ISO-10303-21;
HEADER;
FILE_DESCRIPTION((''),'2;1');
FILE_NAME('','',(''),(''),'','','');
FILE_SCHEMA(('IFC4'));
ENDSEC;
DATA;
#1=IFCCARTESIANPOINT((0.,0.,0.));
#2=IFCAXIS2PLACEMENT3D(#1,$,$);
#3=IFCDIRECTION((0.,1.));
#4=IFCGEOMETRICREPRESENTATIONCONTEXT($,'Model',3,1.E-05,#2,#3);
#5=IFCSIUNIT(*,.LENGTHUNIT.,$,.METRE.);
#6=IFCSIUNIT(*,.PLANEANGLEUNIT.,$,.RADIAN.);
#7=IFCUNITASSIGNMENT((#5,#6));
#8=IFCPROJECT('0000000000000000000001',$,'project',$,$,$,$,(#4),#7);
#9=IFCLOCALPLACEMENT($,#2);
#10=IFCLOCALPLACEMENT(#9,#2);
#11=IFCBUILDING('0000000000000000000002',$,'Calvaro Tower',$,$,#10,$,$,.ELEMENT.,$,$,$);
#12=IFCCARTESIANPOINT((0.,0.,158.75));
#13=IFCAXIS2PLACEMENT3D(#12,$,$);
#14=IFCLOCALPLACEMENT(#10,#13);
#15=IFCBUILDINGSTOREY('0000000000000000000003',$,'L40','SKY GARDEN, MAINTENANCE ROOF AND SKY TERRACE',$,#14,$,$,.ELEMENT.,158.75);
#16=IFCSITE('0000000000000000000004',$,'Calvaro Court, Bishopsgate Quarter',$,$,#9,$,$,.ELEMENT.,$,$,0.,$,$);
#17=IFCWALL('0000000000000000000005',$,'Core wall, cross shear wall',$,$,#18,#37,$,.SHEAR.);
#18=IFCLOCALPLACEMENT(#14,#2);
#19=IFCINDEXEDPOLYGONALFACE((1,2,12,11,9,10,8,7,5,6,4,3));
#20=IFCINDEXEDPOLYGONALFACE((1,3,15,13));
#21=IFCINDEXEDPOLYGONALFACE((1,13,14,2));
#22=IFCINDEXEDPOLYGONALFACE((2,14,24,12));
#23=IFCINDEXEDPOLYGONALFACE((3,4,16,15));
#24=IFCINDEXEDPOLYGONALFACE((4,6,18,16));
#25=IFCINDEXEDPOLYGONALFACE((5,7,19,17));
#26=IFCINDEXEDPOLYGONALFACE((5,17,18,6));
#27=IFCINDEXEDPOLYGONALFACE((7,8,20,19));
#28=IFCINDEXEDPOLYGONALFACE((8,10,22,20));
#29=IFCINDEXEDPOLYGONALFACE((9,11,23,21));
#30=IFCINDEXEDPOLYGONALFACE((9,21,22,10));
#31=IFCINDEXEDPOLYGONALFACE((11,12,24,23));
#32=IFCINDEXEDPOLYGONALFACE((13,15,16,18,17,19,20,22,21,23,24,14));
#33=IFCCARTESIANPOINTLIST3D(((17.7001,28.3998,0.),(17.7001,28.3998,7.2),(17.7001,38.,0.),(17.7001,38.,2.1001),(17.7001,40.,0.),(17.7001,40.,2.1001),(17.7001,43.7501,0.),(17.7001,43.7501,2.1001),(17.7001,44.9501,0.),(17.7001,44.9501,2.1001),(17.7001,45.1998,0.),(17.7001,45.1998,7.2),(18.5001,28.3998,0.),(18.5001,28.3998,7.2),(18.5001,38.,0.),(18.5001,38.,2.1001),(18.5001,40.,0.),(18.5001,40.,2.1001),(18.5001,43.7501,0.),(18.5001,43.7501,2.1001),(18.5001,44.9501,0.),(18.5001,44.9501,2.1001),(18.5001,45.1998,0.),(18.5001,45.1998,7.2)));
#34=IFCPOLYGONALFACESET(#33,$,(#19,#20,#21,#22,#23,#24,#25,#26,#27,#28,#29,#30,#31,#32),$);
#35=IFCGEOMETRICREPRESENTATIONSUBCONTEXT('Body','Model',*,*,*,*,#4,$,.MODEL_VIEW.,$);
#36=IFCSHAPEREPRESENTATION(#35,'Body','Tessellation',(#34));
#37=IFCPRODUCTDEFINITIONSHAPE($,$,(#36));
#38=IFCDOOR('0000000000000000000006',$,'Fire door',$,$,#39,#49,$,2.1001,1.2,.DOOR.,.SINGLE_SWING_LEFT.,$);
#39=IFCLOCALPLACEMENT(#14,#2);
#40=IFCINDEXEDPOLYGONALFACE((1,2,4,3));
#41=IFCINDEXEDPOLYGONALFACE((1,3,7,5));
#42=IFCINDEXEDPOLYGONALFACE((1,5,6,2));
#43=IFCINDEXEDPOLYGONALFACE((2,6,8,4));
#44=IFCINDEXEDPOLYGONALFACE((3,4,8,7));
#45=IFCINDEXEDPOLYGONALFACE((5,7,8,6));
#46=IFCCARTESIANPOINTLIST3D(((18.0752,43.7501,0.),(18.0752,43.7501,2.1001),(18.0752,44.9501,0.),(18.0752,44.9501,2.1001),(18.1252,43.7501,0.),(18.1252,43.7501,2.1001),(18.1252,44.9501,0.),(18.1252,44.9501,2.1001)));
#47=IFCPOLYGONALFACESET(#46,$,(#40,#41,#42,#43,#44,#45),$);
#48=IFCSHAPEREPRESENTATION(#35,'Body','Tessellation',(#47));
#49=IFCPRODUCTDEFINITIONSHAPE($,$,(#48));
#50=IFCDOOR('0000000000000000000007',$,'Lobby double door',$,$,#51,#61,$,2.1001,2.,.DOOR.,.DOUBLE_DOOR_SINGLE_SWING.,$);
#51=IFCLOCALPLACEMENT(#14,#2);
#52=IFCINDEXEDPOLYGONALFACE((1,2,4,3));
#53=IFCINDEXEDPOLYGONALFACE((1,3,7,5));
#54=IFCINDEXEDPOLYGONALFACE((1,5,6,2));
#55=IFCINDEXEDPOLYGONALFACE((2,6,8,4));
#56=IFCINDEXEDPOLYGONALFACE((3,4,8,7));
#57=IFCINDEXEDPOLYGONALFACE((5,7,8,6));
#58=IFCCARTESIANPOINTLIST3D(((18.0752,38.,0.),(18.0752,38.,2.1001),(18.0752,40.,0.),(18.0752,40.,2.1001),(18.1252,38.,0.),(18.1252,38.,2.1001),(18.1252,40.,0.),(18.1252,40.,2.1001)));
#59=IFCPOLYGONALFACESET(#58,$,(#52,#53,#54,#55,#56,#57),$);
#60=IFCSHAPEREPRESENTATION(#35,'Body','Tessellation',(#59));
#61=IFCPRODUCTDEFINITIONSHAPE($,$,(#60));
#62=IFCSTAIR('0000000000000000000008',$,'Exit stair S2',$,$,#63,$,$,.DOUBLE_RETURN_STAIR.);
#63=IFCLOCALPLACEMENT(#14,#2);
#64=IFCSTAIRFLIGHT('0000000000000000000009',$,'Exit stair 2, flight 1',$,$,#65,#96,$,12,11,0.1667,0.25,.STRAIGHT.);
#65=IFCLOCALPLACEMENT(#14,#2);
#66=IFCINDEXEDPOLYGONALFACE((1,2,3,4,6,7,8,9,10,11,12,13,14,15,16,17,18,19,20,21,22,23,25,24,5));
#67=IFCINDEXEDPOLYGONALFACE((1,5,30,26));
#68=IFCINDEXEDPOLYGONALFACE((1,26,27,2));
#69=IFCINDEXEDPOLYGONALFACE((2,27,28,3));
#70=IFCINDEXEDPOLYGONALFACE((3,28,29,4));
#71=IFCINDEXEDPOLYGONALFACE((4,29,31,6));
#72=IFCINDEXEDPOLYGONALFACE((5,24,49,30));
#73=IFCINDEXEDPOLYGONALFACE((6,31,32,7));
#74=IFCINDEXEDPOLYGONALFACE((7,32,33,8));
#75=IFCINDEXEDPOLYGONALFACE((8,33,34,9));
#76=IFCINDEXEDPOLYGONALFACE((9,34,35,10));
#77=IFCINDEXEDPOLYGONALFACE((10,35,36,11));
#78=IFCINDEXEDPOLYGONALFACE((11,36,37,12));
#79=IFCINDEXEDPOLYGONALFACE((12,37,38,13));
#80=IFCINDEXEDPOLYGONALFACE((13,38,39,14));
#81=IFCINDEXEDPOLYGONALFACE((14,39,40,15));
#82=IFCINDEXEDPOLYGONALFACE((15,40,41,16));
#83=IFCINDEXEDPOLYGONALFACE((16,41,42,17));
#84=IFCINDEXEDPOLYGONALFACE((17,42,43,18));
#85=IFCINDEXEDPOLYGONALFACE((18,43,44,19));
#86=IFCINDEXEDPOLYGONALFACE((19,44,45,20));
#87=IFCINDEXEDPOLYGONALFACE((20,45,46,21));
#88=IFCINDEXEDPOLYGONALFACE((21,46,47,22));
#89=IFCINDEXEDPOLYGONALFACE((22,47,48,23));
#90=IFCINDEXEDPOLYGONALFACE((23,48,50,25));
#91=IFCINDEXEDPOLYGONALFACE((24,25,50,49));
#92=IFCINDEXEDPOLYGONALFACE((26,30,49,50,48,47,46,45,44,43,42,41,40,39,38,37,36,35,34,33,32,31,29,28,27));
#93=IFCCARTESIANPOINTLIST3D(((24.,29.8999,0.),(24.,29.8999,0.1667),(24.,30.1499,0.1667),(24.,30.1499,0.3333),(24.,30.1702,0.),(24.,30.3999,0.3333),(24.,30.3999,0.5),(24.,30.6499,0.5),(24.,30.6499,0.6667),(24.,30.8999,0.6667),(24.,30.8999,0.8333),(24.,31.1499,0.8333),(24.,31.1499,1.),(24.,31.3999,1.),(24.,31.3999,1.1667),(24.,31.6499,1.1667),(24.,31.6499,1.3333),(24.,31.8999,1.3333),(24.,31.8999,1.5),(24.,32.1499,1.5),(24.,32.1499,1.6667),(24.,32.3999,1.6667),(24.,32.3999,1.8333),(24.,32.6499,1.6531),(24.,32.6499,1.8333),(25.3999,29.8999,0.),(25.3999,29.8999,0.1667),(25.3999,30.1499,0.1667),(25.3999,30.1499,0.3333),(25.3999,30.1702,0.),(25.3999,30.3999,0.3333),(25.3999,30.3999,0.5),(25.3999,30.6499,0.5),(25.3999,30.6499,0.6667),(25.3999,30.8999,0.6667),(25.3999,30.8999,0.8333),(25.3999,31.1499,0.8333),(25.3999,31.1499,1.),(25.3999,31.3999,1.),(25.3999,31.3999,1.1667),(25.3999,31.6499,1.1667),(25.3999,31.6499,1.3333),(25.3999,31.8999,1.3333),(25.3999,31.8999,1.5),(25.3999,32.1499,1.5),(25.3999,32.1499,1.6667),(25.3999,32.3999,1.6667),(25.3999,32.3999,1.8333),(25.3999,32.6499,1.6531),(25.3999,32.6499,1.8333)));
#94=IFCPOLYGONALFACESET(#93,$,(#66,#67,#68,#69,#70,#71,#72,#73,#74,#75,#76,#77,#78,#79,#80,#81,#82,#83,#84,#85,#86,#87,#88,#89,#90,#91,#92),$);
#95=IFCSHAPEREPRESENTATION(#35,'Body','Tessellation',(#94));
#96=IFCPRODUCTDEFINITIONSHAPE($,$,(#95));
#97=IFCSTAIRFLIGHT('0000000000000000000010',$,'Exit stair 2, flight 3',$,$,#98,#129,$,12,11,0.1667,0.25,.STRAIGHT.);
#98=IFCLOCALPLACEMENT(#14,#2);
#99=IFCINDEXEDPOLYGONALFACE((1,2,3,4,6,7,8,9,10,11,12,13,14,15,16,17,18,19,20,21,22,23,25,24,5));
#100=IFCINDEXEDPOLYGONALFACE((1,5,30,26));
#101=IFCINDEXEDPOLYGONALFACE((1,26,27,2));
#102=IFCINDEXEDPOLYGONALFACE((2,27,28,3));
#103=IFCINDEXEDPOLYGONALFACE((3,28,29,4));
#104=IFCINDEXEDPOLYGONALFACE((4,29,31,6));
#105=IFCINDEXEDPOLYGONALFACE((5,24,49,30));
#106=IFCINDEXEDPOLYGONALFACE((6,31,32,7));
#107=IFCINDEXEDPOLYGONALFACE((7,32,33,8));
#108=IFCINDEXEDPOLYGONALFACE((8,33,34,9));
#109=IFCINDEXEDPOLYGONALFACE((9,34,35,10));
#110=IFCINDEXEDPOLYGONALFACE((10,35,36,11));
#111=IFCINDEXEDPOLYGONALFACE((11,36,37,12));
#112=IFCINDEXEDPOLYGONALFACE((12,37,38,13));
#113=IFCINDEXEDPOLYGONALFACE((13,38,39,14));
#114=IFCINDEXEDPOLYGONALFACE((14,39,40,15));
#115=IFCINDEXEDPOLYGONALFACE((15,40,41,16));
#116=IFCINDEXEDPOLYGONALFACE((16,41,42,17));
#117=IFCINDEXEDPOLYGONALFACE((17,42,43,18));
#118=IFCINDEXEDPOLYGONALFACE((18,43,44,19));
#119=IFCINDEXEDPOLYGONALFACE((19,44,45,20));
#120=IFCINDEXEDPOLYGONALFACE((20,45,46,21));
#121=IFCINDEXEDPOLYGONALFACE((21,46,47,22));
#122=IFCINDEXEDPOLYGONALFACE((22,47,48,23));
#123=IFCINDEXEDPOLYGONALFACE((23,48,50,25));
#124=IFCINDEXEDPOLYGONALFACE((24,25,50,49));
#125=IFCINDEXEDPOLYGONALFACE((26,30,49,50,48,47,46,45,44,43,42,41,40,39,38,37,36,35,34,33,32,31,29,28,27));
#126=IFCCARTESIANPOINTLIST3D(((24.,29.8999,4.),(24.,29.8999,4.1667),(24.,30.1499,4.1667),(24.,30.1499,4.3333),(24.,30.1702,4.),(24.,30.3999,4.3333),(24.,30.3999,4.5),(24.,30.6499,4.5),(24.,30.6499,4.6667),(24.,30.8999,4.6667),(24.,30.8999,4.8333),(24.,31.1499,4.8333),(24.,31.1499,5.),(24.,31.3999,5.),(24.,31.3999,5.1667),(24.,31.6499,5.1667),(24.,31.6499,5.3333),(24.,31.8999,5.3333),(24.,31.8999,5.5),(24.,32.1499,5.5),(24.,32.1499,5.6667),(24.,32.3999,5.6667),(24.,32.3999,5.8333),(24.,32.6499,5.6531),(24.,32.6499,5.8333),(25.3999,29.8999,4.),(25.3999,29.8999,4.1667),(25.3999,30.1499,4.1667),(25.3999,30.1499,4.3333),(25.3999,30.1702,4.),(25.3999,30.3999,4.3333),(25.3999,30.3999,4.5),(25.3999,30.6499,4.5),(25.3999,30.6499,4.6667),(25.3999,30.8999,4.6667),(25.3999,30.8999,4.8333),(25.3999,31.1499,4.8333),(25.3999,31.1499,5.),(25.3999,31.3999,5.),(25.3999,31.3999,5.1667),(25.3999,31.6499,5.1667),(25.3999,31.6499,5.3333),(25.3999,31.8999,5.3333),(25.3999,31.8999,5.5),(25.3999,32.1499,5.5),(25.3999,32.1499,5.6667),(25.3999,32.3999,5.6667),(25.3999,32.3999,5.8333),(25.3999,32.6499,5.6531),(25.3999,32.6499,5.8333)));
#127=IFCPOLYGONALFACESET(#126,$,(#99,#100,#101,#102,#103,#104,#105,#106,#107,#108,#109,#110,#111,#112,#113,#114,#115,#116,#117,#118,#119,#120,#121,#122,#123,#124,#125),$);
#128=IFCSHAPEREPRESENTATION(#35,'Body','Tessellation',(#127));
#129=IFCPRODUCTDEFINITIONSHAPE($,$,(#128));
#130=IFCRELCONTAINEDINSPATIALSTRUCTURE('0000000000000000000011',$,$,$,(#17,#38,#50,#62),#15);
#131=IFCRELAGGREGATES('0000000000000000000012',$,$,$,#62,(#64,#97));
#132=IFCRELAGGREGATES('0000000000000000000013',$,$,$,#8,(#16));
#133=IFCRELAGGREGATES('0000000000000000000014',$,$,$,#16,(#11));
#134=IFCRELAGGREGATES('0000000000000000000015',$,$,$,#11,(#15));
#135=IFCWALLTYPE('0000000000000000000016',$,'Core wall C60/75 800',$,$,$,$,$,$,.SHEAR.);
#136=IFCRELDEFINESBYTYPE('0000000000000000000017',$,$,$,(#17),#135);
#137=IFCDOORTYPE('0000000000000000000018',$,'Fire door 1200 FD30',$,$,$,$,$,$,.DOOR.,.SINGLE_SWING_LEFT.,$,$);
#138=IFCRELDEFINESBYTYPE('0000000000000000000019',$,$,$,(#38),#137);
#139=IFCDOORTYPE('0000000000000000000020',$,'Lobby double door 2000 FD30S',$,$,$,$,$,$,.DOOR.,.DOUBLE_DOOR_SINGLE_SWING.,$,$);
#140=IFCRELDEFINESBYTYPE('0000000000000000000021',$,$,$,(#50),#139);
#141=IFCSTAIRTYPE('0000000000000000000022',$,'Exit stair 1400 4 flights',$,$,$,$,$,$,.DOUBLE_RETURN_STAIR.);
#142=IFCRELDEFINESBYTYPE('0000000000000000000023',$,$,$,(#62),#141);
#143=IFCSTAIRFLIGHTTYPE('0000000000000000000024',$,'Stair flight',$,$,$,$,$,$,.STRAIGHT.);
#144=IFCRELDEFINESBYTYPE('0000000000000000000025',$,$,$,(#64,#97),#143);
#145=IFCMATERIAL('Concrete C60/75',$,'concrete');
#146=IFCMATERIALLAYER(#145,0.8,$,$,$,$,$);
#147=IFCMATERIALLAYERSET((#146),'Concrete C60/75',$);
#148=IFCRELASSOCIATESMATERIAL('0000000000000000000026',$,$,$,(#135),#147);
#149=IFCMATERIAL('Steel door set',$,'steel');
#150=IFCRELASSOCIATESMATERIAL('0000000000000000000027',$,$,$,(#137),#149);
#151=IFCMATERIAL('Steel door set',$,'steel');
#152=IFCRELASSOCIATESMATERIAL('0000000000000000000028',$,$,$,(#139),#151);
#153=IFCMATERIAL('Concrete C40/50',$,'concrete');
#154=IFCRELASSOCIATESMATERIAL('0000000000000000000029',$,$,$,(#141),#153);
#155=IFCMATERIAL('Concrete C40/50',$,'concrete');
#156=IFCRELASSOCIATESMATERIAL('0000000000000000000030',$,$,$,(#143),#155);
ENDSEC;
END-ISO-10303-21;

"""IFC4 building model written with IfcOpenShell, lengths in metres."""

from ifc_helpers import new_model, si_unit, direction, frame, frame_2d, origin, place, context, subcontext, project, spatial, polyline, rectangle, outline, extrude, material, layer, layer_set, type_object, element, fill, aggregate, save


model = new_model("IFC4")

# Units and contexts
model_context = context("Model", 3, precision=1e-05, world=origin(), true_north=direction((0.0, 1.0)))
body_context = subcontext(model_context, "Body", "Model", "MODEL_VIEW")
ifc_project = project(units=[si_unit("LENGTHUNIT", "METRE"), si_unit("PLANEANGLEUNIT", "RADIAN")], contexts=[model_context])

# Site, building, storey
site_placement = place(None, origin())
site = spatial("IfcSite", under=ifc_project, at=site_placement, Name="Calvaro Court, Bishopsgate Quarter", CompositionType="ELEMENT", RefElevation=0.0)
building_placement = place(site_placement, origin())
building = spatial("IfcBuilding", under=site, at=building_placement, Name="Calvaro Tower", CompositionType="ELEMENT")
storey_placement = place(building_placement, frame((0.0, 0.0, 158.75)))
storey = spatial("IfcBuildingStorey", under=building, at=storey_placement, Name="L40", Description="SKY GARDEN, MAINTENANCE ROOF AND SKY TERRACE", CompositionType="ELEMENT", Elevation=158.75)

# Wall, openings, doors
ifc_material_1 = material(Name="Concrete C60/75", Category="concrete")
ifc_layer_1 = layer(ifc_material_1, 0.8)
ifc_layer_set_1 = layer_set([ifc_layer_1], Name="Concrete C60/75")
wall_type_1 = type_object("IfcWallType", Name="Core wall C60/75 800", PredefinedType="SHEAR", material=ifc_layer_set_1)
wall_1_placement = place(storey_placement, frame((18.1001, 28.3999, 0.0), z_axis=(0.0, 0.0, 1.0), x_axis=(0.0, 1.0, 0.0)))
wall_1 = element("IfcWall", 1, at=wall_1_placement, inside=storey, type_object=wall_type_1, Name="Core wall, cross shear wall", PredefinedType="SHEAR", context=body_context, shape_type="SweptSolid", body=[
    extrude(rectangle(XDim=16.8, YDim=0.8, at=frame_2d((8.3999, 0.0))), origin(), (0.0, 0.0, 1.0), 7.2),
])
opening_1_placement = place(wall_1_placement, frame((9.6001, 0.0, 0.0)))
opening_1 = element("IfcOpeningElement", 2, at=opening_1_placement, cuts=wall_1, PredefinedType="OPENING", context=body_context, shape_type="SweptSolid", body=[
    extrude(rectangle(XDim=2.0, YDim=2.1001, at=frame_2d((1.0, 1.05))), frame((0.0, 0.4099, 0.0), z_axis=(0.0, -1.0, 0.0), x_axis=(1.0, 0.0, 0.0)), (0.0, 0.0, 1.0), 0.8201),
])
opening_2_placement = place(wall_1_placement, frame((15.3501, 0.0, 0.0)))
opening_2 = element("IfcOpeningElement", 3, at=opening_2_placement, cuts=wall_1, PredefinedType="OPENING", context=body_context, shape_type="SweptSolid", body=[
    extrude(rectangle(XDim=1.2, YDim=2.1001, at=frame_2d((0.6001, 1.05))), frame((0.0, 0.4099, 0.0), z_axis=(0.0, -1.0, 0.0), x_axis=(1.0, 0.0, 0.0)), (0.0, 0.0, 1.0), 0.8201),
])
ifc_material_2 = material(Name="Steel door set", Category="steel")
door_type_1 = type_object("IfcDoorType", Name="Fire door 1200 FD30", OperationType="SINGLE_SWING_LEFT", PredefinedType="DOOR", material=ifc_material_2)
door_1_placement = place(opening_2_placement, origin())
door_1 = element("IfcDoor", 4, at=door_1_placement, inside=storey, type_object=door_type_1, Name="Fire door", OperationType="SINGLE_SWING_LEFT", OverallHeight=2.1001, OverallWidth=1.2, PredefinedType="DOOR", context=body_context, shape_type="SweptSolid", body=[
    extrude(rectangle(XDim=1.2, YDim=2.1001, at=frame_2d((0.6001, 1.05))), frame((0.0, 0.0249, 0.0), z_axis=(0.0, -1.0, 0.0), x_axis=(1.0, 0.0, 0.0)), (0.0, 0.0, 1.0), 0.05),
])
fill(opening_2, door_1)
ifc_material_3 = material(Name="Steel door set", Category="steel")
door_type_2 = type_object("IfcDoorType", Name="Lobby double door 2000 FD30S", OperationType="DOUBLE_DOOR_SINGLE_SWING", PredefinedType="DOOR", material=ifc_material_3)
door_2_placement = place(opening_1_placement, origin())
door_2 = element("IfcDoor", 5, at=door_2_placement, inside=storey, type_object=door_type_2, Name="Lobby double door", OperationType="DOUBLE_DOOR_SINGLE_SWING", OverallHeight=2.1001, OverallWidth=2.0, PredefinedType="DOOR", context=body_context, shape_type="SweptSolid", body=[
    extrude(rectangle(XDim=2.0, YDim=2.1001, at=frame_2d((1.0, 1.05))), frame((0.0, 0.0249, 0.0), z_axis=(0.0, -1.0, 0.0), x_axis=(1.0, 0.0, 0.0)), (0.0, 0.0, 1.0), 0.05),
])
fill(opening_1, door_2)

# Stair, stair flights
ifc_material_4 = material(Name="Concrete C40/50", Category="concrete")
stair_type = type_object("IfcStairType", Name="Exit stair 1400 4 flights", PredefinedType="DOUBLE_RETURN_STAIR", material=ifc_material_4)
stair_placement = place(storey_placement, origin())
stair = element("IfcStair", 6, at=stair_placement, inside=storey, type_object=stair_type, Name="Exit stair S2", PredefinedType="DOUBLE_RETURN_STAIR")
ifc_material_5 = material(Name="Concrete C40/50", Category="concrete")
stair_flight_type = type_object("IfcStairFlightType", Name="Stair flight", PredefinedType="STRAIGHT", material=ifc_material_5)
stair_flight_1_placement = place(storey_placement, frame((24.7, 29.8999, 0.0), z_axis=(0.0, 0.0, 1.0), x_axis=(0.0, 1.0, 0.0)))
stair_flight_1 = element("IfcStairFlight", 7, at=stair_flight_1_placement, type_object=stair_flight_type, Name="Exit stair 2, flight 1", NumberOfRisers=12, NumberOfTreads=11, PredefinedType="STRAIGHT", RiserHeight=0.1667, TreadLength=0.25, context=body_context, shape_type="SweptSolid", body=[
    extrude(outline(polyline([(0.0, 0.0), (0.0, 0.1667), (0.25, 0.1667), (0.25, 0.3333), (0.5, 0.3333), (0.5, 0.5), (0.75, 0.5), (0.75, 0.6667), (1.0, 0.6667), (1.0, 0.8333), (1.25, 0.8333), (1.25, 1.0), (1.5, 1.0), (1.5, 1.1667), (1.75, 1.1667), (1.75, 1.3333), (2.0, 1.3333), (2.0, 1.5), (2.25, 1.5), (2.25, 1.6667), (2.5, 1.6667), (2.5, 1.8333), (2.75, 1.8333), (2.75, 2.0), (2.75, 1.6531), (0.2703, 0.0), (0.0, 0.0)])), frame((0.0, 0.7, 0.0), z_axis=(0.0, -1.0, 0.0), x_axis=(1.0, 0.0, 0.0)), (0.0, 0.0, 1.0), 1.3999),
])
stair_flight_2_placement = place(storey_placement, frame((24.7, 29.8999, 4.0), z_axis=(0.0, 0.0, 1.0), x_axis=(0.0, 1.0, 0.0)))
stair_flight_2 = element("IfcStairFlight", 8, at=stair_flight_2_placement, type_object=stair_flight_type, Name="Exit stair 2, flight 3", NumberOfRisers=12, NumberOfTreads=11, PredefinedType="STRAIGHT", RiserHeight=0.1667, TreadLength=0.25, context=body_context, shape_type="SweptSolid", body=[
    extrude(outline(polyline([(0.0, 0.0), (0.0, 0.1667), (0.25, 0.1667), (0.25, 0.3333), (0.5, 0.3333), (0.5, 0.5), (0.75, 0.5), (0.75, 0.6667), (1.0, 0.6667), (1.0, 0.8333), (1.25, 0.8333), (1.25, 1.0), (1.5, 1.0), (1.5, 1.1667), (1.75, 1.1667), (1.75, 1.3333), (2.0, 1.3333), (2.0, 1.5), (2.25, 1.5), (2.25, 1.6667), (2.5, 1.6667), (2.5, 1.8333), (2.75, 1.8333), (2.75, 2.0), (2.75, 1.6531), (0.2703, 0.0), (0.0, 0.0)])), frame((0.0, 0.7, 0.0), z_axis=(0.0, -1.0, 0.0), x_axis=(1.0, 0.0, 0.0)), (0.0, 0.0, 1.0), 1.3999),
])
aggregate(stair, [stair_flight_1, stair_flight_2])

save(model, "model.ifc")
